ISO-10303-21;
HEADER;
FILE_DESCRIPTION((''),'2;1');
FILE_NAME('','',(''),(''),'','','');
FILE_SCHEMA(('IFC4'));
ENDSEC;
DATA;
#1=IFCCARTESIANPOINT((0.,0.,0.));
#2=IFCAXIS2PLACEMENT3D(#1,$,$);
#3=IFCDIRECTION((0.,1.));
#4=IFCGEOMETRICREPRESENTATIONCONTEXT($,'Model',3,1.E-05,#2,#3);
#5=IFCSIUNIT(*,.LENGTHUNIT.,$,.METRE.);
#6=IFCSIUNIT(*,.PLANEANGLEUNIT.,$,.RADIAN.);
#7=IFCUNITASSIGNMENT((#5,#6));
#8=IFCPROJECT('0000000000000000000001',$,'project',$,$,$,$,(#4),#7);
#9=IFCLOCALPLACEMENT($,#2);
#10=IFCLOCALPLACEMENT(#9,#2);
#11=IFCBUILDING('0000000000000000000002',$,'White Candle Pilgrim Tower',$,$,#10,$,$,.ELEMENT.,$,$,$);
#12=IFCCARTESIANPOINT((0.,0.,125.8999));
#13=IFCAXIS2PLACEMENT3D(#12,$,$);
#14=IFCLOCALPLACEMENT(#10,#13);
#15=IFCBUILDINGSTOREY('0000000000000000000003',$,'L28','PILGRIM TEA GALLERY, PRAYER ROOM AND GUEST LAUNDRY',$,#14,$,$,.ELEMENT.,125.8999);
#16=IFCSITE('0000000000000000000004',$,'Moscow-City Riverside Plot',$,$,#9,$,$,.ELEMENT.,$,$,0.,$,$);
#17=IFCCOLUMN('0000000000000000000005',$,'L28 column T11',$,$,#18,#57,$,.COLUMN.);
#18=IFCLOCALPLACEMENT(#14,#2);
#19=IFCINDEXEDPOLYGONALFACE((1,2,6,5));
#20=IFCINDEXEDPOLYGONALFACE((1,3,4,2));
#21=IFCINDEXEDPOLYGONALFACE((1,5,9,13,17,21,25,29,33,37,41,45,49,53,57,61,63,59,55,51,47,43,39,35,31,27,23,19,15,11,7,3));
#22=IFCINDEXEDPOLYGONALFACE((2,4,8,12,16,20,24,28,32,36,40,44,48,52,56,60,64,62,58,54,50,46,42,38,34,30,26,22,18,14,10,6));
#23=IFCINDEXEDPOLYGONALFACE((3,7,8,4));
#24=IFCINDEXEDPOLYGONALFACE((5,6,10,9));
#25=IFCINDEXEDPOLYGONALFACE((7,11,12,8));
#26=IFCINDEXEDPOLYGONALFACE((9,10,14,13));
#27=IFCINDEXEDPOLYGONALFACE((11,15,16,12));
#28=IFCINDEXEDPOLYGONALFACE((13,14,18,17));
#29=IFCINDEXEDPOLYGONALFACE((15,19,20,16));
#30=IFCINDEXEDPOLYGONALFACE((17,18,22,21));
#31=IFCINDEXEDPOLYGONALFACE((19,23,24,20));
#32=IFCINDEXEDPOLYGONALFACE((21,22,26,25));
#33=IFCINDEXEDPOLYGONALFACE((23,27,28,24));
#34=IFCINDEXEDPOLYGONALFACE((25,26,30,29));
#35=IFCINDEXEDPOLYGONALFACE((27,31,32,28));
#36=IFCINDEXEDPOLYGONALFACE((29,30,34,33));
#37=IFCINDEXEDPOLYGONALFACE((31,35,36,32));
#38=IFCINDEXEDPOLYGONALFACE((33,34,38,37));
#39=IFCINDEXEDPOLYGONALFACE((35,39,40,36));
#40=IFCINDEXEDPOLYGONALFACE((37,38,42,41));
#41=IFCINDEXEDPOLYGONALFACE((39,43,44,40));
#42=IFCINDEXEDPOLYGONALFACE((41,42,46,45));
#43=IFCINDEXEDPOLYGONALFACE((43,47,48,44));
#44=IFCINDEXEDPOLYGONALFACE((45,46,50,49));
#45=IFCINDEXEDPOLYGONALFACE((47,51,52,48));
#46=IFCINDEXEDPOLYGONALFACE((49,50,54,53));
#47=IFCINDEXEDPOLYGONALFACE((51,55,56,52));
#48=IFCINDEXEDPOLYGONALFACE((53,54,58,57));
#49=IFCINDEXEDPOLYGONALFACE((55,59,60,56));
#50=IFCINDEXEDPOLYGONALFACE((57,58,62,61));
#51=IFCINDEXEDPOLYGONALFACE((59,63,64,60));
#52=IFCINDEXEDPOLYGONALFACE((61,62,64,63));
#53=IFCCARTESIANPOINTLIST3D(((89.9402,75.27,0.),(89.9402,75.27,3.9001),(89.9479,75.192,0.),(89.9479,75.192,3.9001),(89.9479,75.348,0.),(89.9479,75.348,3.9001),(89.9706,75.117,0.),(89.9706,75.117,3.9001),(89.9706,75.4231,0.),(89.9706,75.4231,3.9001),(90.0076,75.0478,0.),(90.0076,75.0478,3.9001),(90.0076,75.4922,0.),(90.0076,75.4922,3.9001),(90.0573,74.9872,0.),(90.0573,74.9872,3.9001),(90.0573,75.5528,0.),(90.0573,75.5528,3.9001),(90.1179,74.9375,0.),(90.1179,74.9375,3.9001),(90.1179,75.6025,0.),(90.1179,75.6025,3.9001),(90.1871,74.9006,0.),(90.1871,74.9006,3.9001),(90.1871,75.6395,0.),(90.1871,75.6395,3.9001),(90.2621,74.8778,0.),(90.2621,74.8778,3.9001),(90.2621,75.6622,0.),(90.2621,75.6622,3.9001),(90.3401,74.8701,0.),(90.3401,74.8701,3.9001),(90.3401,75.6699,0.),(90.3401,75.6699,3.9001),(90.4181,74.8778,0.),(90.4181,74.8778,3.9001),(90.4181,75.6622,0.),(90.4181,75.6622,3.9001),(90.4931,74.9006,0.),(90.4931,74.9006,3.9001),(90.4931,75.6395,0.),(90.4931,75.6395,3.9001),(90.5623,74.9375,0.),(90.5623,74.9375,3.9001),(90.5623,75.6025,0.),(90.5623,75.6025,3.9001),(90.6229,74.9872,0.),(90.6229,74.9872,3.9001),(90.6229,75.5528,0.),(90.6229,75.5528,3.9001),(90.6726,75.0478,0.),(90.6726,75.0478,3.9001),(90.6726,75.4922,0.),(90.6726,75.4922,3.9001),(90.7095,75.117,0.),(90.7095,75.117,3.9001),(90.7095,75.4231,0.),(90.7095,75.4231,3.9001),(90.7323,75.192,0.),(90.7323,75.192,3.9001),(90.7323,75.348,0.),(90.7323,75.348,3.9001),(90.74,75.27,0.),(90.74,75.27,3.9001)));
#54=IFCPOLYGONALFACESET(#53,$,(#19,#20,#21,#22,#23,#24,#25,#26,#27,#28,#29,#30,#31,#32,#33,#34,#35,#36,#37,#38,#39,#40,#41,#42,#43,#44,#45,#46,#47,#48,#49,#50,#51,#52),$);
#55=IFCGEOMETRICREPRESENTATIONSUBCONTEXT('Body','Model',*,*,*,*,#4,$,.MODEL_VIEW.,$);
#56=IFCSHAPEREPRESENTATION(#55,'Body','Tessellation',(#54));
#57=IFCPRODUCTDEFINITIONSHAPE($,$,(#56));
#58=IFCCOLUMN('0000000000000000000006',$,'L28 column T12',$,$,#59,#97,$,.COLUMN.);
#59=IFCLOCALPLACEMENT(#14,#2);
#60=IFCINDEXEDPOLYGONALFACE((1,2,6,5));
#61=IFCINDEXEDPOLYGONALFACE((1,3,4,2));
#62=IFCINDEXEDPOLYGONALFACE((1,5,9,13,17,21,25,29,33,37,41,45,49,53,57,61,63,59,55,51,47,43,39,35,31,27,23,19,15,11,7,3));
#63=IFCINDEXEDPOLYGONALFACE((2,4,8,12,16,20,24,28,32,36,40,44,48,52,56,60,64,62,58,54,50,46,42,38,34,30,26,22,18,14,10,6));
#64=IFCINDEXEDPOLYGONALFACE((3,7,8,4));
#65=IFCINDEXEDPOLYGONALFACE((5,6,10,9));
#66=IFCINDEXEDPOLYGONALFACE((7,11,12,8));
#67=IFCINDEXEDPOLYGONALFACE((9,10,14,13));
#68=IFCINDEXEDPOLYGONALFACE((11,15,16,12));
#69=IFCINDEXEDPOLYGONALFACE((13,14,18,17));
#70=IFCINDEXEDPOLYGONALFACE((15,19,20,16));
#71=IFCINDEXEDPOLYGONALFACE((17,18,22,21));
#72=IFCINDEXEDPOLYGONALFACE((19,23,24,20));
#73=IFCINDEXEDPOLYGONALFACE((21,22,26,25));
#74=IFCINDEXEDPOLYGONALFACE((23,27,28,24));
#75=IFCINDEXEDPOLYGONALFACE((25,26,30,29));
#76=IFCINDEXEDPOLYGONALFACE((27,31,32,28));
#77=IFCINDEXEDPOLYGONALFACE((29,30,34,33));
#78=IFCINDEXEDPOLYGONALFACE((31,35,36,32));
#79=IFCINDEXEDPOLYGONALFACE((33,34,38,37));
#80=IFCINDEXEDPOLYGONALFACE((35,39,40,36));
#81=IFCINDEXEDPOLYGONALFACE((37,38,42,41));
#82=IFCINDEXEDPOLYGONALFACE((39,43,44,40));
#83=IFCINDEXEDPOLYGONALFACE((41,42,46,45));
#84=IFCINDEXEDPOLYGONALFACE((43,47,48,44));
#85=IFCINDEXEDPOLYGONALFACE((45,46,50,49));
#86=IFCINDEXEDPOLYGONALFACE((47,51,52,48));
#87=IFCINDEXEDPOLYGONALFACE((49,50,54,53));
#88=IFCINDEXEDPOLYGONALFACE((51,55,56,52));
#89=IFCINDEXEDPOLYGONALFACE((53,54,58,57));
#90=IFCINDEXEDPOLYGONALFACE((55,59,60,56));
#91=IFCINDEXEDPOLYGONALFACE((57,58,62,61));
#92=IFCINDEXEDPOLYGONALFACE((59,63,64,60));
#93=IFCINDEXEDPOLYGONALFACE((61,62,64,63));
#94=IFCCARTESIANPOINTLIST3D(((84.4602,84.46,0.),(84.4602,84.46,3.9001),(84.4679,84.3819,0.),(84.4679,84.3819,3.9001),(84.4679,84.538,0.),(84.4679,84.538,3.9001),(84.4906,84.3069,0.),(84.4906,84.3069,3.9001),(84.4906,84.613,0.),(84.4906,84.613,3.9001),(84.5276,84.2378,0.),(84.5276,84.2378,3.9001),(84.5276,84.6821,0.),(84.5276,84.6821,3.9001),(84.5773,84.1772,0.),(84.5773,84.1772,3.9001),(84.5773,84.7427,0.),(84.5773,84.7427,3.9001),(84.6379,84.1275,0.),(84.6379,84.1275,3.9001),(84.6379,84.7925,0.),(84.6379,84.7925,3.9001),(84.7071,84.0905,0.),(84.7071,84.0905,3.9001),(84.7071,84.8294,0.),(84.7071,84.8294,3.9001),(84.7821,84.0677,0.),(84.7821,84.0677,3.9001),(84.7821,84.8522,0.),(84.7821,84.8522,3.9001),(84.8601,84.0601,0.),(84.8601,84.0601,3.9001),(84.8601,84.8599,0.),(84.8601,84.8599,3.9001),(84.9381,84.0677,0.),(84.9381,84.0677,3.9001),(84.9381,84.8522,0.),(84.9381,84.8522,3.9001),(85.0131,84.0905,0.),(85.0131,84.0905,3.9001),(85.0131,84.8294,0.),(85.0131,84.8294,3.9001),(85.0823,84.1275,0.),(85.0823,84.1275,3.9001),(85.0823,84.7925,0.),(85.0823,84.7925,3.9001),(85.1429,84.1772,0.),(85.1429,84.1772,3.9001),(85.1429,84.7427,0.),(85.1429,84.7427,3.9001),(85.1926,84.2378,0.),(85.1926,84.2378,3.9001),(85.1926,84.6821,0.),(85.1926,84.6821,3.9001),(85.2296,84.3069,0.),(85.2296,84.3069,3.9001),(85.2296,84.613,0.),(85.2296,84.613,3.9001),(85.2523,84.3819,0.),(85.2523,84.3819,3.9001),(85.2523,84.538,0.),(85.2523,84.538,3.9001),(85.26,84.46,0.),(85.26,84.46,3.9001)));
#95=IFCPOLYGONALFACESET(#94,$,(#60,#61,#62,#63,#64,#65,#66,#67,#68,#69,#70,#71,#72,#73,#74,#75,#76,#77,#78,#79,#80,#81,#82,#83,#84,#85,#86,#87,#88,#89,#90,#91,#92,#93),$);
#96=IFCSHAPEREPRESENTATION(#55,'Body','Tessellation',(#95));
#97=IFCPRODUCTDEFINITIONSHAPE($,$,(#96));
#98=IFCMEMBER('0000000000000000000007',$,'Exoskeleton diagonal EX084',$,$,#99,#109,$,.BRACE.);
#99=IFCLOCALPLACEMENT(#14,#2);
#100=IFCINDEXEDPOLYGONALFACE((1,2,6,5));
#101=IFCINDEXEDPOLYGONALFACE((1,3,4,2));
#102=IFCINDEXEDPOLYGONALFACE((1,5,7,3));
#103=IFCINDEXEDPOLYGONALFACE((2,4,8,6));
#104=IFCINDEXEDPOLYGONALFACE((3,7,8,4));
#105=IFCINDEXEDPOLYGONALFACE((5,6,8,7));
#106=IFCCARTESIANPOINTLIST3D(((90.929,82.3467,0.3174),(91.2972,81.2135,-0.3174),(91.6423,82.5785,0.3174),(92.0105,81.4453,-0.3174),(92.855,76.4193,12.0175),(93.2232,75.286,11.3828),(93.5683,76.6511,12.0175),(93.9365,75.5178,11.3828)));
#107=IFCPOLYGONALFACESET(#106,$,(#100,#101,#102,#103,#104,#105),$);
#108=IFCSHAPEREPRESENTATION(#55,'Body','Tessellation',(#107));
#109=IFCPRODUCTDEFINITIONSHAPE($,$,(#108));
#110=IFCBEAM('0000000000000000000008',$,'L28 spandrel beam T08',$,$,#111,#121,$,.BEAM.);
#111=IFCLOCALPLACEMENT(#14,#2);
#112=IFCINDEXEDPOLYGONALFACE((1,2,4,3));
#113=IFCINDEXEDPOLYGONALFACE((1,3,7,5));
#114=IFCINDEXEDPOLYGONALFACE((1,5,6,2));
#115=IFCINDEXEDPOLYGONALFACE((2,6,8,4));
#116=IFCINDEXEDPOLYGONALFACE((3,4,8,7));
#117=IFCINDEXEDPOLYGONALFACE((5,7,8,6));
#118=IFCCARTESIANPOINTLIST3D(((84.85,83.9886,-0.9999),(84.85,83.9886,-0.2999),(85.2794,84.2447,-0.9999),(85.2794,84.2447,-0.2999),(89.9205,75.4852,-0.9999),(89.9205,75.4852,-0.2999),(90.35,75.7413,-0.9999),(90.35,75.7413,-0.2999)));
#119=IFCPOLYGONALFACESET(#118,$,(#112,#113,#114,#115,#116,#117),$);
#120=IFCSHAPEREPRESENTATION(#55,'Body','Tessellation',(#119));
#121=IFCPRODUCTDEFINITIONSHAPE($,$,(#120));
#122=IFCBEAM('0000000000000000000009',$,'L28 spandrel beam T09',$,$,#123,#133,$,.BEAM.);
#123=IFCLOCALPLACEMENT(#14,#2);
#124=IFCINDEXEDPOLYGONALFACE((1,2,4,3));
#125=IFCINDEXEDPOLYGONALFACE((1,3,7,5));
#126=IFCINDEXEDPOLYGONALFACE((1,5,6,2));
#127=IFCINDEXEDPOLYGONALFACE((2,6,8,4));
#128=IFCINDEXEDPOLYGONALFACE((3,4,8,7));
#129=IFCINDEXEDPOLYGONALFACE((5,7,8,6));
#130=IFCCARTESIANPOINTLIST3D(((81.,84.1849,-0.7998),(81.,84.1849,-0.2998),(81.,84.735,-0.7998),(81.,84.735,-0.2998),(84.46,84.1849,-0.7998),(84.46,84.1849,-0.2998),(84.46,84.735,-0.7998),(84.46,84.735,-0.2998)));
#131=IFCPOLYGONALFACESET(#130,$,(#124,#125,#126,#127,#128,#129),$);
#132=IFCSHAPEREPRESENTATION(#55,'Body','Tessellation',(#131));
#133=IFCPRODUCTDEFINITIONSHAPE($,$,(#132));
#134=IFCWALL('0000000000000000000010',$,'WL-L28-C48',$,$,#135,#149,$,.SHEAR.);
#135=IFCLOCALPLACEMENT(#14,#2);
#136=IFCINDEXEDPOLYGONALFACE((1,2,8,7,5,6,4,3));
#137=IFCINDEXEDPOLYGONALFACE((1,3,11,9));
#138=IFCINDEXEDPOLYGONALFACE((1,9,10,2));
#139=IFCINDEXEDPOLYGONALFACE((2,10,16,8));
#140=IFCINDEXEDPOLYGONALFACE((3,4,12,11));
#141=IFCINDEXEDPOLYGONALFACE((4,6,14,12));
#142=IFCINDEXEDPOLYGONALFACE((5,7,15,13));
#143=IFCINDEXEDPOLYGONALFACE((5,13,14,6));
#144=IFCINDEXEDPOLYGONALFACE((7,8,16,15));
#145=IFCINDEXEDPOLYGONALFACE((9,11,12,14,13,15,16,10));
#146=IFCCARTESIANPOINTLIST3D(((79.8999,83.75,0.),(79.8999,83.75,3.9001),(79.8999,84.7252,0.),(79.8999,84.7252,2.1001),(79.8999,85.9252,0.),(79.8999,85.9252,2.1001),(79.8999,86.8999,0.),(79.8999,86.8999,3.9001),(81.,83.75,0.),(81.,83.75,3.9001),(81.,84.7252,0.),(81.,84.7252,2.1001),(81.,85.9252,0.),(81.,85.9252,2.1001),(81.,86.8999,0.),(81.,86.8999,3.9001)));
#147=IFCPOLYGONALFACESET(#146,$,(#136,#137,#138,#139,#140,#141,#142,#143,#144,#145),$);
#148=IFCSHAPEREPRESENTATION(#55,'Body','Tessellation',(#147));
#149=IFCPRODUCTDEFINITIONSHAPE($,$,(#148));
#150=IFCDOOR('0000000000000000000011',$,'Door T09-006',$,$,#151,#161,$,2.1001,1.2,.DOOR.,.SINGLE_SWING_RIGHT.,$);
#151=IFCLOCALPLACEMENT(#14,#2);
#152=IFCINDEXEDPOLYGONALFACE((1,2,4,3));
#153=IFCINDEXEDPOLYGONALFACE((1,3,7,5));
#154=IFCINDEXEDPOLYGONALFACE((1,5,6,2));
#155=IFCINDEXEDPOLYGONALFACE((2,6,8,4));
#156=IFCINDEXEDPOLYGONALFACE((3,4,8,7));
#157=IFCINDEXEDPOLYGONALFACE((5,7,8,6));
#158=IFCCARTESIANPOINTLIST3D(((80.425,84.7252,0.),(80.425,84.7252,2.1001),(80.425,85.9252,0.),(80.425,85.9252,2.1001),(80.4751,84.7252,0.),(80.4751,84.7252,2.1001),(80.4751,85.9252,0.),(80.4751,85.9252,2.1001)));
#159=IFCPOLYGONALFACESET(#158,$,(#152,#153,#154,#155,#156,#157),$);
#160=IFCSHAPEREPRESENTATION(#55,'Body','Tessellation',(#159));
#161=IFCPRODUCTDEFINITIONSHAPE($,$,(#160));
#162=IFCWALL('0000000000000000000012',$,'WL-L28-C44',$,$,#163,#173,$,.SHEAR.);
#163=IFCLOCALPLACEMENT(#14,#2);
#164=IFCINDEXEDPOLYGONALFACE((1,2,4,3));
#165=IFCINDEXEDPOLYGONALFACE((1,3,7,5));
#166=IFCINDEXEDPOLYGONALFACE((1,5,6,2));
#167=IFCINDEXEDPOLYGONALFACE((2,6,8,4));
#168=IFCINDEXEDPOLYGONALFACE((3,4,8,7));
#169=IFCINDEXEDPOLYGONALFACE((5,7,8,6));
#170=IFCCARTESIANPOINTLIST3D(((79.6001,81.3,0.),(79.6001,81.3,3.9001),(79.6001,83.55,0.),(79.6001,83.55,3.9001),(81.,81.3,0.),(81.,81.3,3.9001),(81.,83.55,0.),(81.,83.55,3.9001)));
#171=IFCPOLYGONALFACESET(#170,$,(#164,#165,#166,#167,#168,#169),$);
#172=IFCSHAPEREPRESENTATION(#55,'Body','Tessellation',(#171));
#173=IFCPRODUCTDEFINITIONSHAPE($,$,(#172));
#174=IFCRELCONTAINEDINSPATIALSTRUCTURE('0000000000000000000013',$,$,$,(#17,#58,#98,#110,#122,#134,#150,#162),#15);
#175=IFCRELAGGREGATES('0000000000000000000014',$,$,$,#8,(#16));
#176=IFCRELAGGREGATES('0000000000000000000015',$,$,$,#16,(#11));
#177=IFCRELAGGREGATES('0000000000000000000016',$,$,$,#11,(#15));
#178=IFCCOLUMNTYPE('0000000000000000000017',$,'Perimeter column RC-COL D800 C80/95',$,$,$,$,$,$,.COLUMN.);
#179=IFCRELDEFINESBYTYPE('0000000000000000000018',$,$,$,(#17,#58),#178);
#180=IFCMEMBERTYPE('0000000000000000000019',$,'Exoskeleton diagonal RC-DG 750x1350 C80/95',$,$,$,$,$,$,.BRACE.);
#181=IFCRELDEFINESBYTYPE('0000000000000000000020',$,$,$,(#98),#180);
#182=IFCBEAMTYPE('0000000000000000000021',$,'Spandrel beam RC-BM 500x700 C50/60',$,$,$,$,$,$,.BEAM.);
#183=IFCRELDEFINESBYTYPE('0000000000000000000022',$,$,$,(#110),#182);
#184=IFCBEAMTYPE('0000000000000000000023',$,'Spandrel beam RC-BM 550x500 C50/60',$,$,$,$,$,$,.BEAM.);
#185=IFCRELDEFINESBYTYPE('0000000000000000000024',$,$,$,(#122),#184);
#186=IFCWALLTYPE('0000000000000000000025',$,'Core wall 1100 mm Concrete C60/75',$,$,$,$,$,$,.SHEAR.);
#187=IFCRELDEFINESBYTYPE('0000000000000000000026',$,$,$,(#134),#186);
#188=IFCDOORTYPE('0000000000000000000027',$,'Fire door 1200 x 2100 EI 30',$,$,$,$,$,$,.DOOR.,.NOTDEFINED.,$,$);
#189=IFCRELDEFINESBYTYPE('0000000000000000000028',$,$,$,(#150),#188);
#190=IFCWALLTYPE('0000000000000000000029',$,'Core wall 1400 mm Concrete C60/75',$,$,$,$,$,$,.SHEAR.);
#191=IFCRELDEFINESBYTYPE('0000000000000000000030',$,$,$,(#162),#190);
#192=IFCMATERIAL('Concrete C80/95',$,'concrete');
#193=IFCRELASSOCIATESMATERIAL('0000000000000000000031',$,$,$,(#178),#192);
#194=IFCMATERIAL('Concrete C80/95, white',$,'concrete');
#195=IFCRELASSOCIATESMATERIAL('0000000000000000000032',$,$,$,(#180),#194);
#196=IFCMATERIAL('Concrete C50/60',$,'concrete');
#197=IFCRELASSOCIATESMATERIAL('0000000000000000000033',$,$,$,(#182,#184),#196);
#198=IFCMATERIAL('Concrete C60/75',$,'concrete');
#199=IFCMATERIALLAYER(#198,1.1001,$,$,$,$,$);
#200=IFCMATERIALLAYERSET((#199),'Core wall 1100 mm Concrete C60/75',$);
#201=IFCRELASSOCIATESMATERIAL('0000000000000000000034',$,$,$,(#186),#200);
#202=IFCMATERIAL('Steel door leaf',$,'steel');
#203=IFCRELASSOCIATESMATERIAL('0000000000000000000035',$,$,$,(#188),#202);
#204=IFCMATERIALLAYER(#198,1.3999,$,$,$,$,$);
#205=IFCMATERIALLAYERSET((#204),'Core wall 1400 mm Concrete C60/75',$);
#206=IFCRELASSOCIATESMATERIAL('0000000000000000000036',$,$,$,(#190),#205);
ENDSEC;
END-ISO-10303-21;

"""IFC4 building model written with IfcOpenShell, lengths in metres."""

from ifc_helpers import new_model, si_unit, direction, frame, frame_2d, origin, origin_2d, place, context, subcontext, project, spatial, rectangle, circle, extrude, material, layer, layer_set, material_profile, profile_set, type_object, element, fill, save


model = new_model("IFC4")

# Units and contexts
model_context = context("Model", 3, precision=1e-05, world=origin(), true_north=direction((0.0, 1.0)))
body_context = subcontext(model_context, "Body", "Model", "MODEL_VIEW")
ifc_project = project(units=[si_unit("LENGTHUNIT", "METRE"), si_unit("PLANEANGLEUNIT", "RADIAN")], contexts=[model_context])

# Site, building, storey
site_placement = place(None, origin())
site = spatial("IfcSite", under=ifc_project, at=site_placement, Name="Moscow-City Riverside Plot", CompositionType="ELEMENT", RefElevation=0.0)
building_placement = place(site_placement, origin())
building = spatial("IfcBuilding", under=site, at=building_placement, Name="White Candle Pilgrim Tower", CompositionType="ELEMENT")
storey_placement = place(building_placement, frame((0.0, 0.0, 125.8999)))
storey = spatial("IfcBuildingStorey", under=building, at=storey_placement, Name="L28", Description="PILGRIM TEA GALLERY, PRAYER ROOM AND GUEST LAUNDRY", CompositionType="ELEMENT", Elevation=125.8999)

# Columns
ifc_material_1 = material(Name="Concrete C80/95", Category="concrete")
ifc_material_profile_1 = material_profile(ifc_material_1, circle(Radius=0.3999, at=origin_2d()), Name="RC-COL D800")
ifc_profile_set_1 = profile_set([ifc_material_profile_1], Name="Concrete C80/95")
column_type = type_object("IfcColumnType", Name="Perimeter column RC-COL D800 C80/95", PredefinedType="COLUMN", material=ifc_profile_set_1)
for number, where, z_axis, x_axis, name in (
    (1, (90.3401, 75.27, 0.0), (0.0, 0.0, 1.0), (1.0, 0.0, 0.0), "L28 column T11"),
    (2, (84.8601, 84.46, 0.0), (0.0, 0.0, 1.0), (1.0, 0.0, 0.0), "L28 column T12"),
):
    element("IfcColumn", number, at=place(storey_placement, frame(where, z_axis=z_axis, x_axis=x_axis)), inside=storey, type_object=column_type, Name=name, PredefinedType="COLUMN", context=body_context, shape_type="SweptSolid", body=[
        extrude(circle(Radius=0.3999, at=origin_2d()), origin(), (0.0, 0.0, 1.0), 3.9001),
    ])

# Member
ifc_material_2 = material(Name="Concrete C80/95, white", Category="concrete")
ifc_material_profile_2 = material_profile(ifc_material_2, rectangle(XDim=0.75, YDim=1.3501, at=origin_2d()), Name="RC-DG 750x1350")
ifc_profile_set_2 = profile_set([ifc_material_profile_2], Name="Concrete C80/95, white")
member_type = type_object("IfcMemberType", Name="Exoskeleton diagonal RC-DG 750x1350 C80/95", PredefinedType="BRACE", material=ifc_profile_set_2)
member_placement = place(storey_placement, frame((91.4697, 81.896, 0.0), z_axis=(0.145287, -0.447133, 0.882589), x_axis=(0.951053, 0.309027, 0.0)))
element("IfcMember", 3, at=member_placement, inside=storey, type_object=member_type, Name="Exoskeleton diagonal EX084", PredefinedType="BRACE", context=body_context, shape_type="SweptSolid", body=[
    extrude(rectangle(XDim=0.75, YDim=1.3501, at=origin_2d()), origin(), (0.0, 0.0, 1.0), 13.2566),
])

# Beams
ifc_material_3 = material(Name="Concrete C50/60", Category="concrete")
ifc_material_profile_3 = material_profile(ifc_material_3, rectangle(XDim=0.5, YDim=0.7, at=origin_2d()), Name="RC-BM 500x700")
ifc_profile_set_3 = profile_set([ifc_material_profile_3], Name="Concrete C50/60")
beam_type_1 = type_object("IfcBeamType", Name="Spandrel beam RC-BM 500x700 C50/60", PredefinedType="BEAM", material=ifc_profile_set_3)
beam_1_placement = place(storey_placement, frame((90.1353, 75.6133, -0.6499), z_axis=(-0.512155, 0.858893, 0.0), x_axis=(-0.858893, -0.512155, 0.0)))
element("IfcBeam", 4, at=beam_1_placement, inside=storey, type_object=beam_type_1, Name="L28 spandrel beam T08", PredefinedType="BEAM", context=body_context, shape_type="SweptSolid", body=[
    extrude(rectangle(XDim=0.5, YDim=0.7, at=origin_2d()), origin(), (0.0, 0.0, 1.0), 9.9004),
])
ifc_material_profile_4 = material_profile(ifc_material_3, rectangle(XDim=0.55, YDim=0.5, at=origin_2d()), Name="RC-BM 550x500")
ifc_profile_set_4 = profile_set([ifc_material_profile_4], Name="Concrete C50/60")
beam_type_2 = type_object("IfcBeamType", Name="Spandrel beam RC-BM 550x500 C50/60", PredefinedType="BEAM", material=ifc_profile_set_4)
beam_2_placement = place(storey_placement, frame((84.46, 84.46, -0.5498), z_axis=(-1.0, 0.0, 0.0), x_axis=(0.0, -1.0, 0.0)))
element("IfcBeam", 5, at=beam_2_placement, inside=storey, type_object=beam_type_2, Name="L28 spandrel beam T09", PredefinedType="BEAM", context=body_context, shape_type="SweptSolid", body=[
    extrude(rectangle(XDim=0.55, YDim=0.5, at=origin_2d()), origin(), (0.0, 0.0, 1.0), 3.46),
])

# Wall, opening, door
ifc_material_4 = material(Name="Concrete C60/75", Category="concrete")
ifc_layer_1 = layer(ifc_material_4, 1.1001)
ifc_layer_set_1 = layer_set([ifc_layer_1], Name="Core wall 1100 mm Concrete C60/75")
wall_type_1 = type_object("IfcWallType", Name="Core wall 1100 mm Concrete C60/75", PredefinedType="SHEAR", material=ifc_layer_set_1)
wall_1_placement = place(storey_placement, frame((80.45, 83.75, 0.0), z_axis=(0.0, 0.0, 1.0), x_axis=(0.0, 1.0, 0.0)))
wall_1 = element("IfcWall", 6, at=wall_1_placement, inside=storey, type_object=wall_type_1, Name="WL-L28-C48", PredefinedType="SHEAR", context=body_context, shape_type="SweptSolid", body=[
    extrude(rectangle(XDim=3.1499, YDim=1.1001, at=frame_2d((1.575, 0.0))), origin(), (0.0, 0.0, 1.0), 3.9001),
])
opening_1_placement = place(wall_1_placement, frame((0.9751, 0.0, 0.0)))
opening_1 = element("IfcOpeningElement", 7, at=opening_1_placement, cuts=wall_1, PredefinedType="OPENING", context=body_context, shape_type="SweptSolid", body=[
    extrude(rectangle(XDim=1.2, YDim=2.1001, at=frame_2d((0.6001, 1.05))), frame((0.0, 0.5601, 0.0), z_axis=(0.0, -1.0, 0.0), x_axis=(1.0, 0.0, 0.0)), (0.0, 0.0, 1.0), 1.1201),
])
ifc_material_5 = material(Name="Steel door leaf", Category="steel")
door_type_1 = type_object("IfcDoorType", Name="Fire door 1200 x 2100 EI 30", OperationType="NOTDEFINED", PredefinedType="DOOR", material=ifc_material_5)
door_1_placement = place(opening_1_placement, origin())
door_1 = element("IfcDoor", 8, at=door_1_placement, inside=storey, type_object=door_type_1, Name="Door T09-006", OperationType="SINGLE_SWING_RIGHT", OverallHeight=2.1001, OverallWidth=1.2, PredefinedType="DOOR", context=body_context, shape_type="SweptSolid", body=[
    extrude(rectangle(XDim=1.2, YDim=2.1001, at=frame_2d((0.6001, 1.05))), frame((0.0, 0.0249, 0.0), z_axis=(0.0, -1.0, 0.0), x_axis=(1.0, 0.0, 0.0)), (0.0, 0.0, 1.0), 0.05),
])
fill(opening_1, door_1)

# Wall
ifc_layer_2 = layer(ifc_material_4, 1.3999)
ifc_layer_set_2 = layer_set([ifc_layer_2], Name="Core wall 1400 mm Concrete C60/75")
wall_type_2 = type_object("IfcWallType", Name="Core wall 1400 mm Concrete C60/75", PredefinedType="SHEAR", material=ifc_layer_set_2)
wall_2_placement = place(storey_placement, frame((80.3, 81.3, 0.0), z_axis=(0.0, 0.0, 1.0), x_axis=(0.0, 1.0, 0.0)))
element("IfcWall", 9, at=wall_2_placement, inside=storey, type_object=wall_type_2, Name="WL-L28-C44", PredefinedType="SHEAR", context=body_context, shape_type="SweptSolid", body=[
    extrude(rectangle(XDim=2.25, YDim=1.3999, at=frame_2d((1.125, 0.0))), origin(), (0.0, 0.0, 1.0), 3.9001),
])

save(model, "model.ifc")
